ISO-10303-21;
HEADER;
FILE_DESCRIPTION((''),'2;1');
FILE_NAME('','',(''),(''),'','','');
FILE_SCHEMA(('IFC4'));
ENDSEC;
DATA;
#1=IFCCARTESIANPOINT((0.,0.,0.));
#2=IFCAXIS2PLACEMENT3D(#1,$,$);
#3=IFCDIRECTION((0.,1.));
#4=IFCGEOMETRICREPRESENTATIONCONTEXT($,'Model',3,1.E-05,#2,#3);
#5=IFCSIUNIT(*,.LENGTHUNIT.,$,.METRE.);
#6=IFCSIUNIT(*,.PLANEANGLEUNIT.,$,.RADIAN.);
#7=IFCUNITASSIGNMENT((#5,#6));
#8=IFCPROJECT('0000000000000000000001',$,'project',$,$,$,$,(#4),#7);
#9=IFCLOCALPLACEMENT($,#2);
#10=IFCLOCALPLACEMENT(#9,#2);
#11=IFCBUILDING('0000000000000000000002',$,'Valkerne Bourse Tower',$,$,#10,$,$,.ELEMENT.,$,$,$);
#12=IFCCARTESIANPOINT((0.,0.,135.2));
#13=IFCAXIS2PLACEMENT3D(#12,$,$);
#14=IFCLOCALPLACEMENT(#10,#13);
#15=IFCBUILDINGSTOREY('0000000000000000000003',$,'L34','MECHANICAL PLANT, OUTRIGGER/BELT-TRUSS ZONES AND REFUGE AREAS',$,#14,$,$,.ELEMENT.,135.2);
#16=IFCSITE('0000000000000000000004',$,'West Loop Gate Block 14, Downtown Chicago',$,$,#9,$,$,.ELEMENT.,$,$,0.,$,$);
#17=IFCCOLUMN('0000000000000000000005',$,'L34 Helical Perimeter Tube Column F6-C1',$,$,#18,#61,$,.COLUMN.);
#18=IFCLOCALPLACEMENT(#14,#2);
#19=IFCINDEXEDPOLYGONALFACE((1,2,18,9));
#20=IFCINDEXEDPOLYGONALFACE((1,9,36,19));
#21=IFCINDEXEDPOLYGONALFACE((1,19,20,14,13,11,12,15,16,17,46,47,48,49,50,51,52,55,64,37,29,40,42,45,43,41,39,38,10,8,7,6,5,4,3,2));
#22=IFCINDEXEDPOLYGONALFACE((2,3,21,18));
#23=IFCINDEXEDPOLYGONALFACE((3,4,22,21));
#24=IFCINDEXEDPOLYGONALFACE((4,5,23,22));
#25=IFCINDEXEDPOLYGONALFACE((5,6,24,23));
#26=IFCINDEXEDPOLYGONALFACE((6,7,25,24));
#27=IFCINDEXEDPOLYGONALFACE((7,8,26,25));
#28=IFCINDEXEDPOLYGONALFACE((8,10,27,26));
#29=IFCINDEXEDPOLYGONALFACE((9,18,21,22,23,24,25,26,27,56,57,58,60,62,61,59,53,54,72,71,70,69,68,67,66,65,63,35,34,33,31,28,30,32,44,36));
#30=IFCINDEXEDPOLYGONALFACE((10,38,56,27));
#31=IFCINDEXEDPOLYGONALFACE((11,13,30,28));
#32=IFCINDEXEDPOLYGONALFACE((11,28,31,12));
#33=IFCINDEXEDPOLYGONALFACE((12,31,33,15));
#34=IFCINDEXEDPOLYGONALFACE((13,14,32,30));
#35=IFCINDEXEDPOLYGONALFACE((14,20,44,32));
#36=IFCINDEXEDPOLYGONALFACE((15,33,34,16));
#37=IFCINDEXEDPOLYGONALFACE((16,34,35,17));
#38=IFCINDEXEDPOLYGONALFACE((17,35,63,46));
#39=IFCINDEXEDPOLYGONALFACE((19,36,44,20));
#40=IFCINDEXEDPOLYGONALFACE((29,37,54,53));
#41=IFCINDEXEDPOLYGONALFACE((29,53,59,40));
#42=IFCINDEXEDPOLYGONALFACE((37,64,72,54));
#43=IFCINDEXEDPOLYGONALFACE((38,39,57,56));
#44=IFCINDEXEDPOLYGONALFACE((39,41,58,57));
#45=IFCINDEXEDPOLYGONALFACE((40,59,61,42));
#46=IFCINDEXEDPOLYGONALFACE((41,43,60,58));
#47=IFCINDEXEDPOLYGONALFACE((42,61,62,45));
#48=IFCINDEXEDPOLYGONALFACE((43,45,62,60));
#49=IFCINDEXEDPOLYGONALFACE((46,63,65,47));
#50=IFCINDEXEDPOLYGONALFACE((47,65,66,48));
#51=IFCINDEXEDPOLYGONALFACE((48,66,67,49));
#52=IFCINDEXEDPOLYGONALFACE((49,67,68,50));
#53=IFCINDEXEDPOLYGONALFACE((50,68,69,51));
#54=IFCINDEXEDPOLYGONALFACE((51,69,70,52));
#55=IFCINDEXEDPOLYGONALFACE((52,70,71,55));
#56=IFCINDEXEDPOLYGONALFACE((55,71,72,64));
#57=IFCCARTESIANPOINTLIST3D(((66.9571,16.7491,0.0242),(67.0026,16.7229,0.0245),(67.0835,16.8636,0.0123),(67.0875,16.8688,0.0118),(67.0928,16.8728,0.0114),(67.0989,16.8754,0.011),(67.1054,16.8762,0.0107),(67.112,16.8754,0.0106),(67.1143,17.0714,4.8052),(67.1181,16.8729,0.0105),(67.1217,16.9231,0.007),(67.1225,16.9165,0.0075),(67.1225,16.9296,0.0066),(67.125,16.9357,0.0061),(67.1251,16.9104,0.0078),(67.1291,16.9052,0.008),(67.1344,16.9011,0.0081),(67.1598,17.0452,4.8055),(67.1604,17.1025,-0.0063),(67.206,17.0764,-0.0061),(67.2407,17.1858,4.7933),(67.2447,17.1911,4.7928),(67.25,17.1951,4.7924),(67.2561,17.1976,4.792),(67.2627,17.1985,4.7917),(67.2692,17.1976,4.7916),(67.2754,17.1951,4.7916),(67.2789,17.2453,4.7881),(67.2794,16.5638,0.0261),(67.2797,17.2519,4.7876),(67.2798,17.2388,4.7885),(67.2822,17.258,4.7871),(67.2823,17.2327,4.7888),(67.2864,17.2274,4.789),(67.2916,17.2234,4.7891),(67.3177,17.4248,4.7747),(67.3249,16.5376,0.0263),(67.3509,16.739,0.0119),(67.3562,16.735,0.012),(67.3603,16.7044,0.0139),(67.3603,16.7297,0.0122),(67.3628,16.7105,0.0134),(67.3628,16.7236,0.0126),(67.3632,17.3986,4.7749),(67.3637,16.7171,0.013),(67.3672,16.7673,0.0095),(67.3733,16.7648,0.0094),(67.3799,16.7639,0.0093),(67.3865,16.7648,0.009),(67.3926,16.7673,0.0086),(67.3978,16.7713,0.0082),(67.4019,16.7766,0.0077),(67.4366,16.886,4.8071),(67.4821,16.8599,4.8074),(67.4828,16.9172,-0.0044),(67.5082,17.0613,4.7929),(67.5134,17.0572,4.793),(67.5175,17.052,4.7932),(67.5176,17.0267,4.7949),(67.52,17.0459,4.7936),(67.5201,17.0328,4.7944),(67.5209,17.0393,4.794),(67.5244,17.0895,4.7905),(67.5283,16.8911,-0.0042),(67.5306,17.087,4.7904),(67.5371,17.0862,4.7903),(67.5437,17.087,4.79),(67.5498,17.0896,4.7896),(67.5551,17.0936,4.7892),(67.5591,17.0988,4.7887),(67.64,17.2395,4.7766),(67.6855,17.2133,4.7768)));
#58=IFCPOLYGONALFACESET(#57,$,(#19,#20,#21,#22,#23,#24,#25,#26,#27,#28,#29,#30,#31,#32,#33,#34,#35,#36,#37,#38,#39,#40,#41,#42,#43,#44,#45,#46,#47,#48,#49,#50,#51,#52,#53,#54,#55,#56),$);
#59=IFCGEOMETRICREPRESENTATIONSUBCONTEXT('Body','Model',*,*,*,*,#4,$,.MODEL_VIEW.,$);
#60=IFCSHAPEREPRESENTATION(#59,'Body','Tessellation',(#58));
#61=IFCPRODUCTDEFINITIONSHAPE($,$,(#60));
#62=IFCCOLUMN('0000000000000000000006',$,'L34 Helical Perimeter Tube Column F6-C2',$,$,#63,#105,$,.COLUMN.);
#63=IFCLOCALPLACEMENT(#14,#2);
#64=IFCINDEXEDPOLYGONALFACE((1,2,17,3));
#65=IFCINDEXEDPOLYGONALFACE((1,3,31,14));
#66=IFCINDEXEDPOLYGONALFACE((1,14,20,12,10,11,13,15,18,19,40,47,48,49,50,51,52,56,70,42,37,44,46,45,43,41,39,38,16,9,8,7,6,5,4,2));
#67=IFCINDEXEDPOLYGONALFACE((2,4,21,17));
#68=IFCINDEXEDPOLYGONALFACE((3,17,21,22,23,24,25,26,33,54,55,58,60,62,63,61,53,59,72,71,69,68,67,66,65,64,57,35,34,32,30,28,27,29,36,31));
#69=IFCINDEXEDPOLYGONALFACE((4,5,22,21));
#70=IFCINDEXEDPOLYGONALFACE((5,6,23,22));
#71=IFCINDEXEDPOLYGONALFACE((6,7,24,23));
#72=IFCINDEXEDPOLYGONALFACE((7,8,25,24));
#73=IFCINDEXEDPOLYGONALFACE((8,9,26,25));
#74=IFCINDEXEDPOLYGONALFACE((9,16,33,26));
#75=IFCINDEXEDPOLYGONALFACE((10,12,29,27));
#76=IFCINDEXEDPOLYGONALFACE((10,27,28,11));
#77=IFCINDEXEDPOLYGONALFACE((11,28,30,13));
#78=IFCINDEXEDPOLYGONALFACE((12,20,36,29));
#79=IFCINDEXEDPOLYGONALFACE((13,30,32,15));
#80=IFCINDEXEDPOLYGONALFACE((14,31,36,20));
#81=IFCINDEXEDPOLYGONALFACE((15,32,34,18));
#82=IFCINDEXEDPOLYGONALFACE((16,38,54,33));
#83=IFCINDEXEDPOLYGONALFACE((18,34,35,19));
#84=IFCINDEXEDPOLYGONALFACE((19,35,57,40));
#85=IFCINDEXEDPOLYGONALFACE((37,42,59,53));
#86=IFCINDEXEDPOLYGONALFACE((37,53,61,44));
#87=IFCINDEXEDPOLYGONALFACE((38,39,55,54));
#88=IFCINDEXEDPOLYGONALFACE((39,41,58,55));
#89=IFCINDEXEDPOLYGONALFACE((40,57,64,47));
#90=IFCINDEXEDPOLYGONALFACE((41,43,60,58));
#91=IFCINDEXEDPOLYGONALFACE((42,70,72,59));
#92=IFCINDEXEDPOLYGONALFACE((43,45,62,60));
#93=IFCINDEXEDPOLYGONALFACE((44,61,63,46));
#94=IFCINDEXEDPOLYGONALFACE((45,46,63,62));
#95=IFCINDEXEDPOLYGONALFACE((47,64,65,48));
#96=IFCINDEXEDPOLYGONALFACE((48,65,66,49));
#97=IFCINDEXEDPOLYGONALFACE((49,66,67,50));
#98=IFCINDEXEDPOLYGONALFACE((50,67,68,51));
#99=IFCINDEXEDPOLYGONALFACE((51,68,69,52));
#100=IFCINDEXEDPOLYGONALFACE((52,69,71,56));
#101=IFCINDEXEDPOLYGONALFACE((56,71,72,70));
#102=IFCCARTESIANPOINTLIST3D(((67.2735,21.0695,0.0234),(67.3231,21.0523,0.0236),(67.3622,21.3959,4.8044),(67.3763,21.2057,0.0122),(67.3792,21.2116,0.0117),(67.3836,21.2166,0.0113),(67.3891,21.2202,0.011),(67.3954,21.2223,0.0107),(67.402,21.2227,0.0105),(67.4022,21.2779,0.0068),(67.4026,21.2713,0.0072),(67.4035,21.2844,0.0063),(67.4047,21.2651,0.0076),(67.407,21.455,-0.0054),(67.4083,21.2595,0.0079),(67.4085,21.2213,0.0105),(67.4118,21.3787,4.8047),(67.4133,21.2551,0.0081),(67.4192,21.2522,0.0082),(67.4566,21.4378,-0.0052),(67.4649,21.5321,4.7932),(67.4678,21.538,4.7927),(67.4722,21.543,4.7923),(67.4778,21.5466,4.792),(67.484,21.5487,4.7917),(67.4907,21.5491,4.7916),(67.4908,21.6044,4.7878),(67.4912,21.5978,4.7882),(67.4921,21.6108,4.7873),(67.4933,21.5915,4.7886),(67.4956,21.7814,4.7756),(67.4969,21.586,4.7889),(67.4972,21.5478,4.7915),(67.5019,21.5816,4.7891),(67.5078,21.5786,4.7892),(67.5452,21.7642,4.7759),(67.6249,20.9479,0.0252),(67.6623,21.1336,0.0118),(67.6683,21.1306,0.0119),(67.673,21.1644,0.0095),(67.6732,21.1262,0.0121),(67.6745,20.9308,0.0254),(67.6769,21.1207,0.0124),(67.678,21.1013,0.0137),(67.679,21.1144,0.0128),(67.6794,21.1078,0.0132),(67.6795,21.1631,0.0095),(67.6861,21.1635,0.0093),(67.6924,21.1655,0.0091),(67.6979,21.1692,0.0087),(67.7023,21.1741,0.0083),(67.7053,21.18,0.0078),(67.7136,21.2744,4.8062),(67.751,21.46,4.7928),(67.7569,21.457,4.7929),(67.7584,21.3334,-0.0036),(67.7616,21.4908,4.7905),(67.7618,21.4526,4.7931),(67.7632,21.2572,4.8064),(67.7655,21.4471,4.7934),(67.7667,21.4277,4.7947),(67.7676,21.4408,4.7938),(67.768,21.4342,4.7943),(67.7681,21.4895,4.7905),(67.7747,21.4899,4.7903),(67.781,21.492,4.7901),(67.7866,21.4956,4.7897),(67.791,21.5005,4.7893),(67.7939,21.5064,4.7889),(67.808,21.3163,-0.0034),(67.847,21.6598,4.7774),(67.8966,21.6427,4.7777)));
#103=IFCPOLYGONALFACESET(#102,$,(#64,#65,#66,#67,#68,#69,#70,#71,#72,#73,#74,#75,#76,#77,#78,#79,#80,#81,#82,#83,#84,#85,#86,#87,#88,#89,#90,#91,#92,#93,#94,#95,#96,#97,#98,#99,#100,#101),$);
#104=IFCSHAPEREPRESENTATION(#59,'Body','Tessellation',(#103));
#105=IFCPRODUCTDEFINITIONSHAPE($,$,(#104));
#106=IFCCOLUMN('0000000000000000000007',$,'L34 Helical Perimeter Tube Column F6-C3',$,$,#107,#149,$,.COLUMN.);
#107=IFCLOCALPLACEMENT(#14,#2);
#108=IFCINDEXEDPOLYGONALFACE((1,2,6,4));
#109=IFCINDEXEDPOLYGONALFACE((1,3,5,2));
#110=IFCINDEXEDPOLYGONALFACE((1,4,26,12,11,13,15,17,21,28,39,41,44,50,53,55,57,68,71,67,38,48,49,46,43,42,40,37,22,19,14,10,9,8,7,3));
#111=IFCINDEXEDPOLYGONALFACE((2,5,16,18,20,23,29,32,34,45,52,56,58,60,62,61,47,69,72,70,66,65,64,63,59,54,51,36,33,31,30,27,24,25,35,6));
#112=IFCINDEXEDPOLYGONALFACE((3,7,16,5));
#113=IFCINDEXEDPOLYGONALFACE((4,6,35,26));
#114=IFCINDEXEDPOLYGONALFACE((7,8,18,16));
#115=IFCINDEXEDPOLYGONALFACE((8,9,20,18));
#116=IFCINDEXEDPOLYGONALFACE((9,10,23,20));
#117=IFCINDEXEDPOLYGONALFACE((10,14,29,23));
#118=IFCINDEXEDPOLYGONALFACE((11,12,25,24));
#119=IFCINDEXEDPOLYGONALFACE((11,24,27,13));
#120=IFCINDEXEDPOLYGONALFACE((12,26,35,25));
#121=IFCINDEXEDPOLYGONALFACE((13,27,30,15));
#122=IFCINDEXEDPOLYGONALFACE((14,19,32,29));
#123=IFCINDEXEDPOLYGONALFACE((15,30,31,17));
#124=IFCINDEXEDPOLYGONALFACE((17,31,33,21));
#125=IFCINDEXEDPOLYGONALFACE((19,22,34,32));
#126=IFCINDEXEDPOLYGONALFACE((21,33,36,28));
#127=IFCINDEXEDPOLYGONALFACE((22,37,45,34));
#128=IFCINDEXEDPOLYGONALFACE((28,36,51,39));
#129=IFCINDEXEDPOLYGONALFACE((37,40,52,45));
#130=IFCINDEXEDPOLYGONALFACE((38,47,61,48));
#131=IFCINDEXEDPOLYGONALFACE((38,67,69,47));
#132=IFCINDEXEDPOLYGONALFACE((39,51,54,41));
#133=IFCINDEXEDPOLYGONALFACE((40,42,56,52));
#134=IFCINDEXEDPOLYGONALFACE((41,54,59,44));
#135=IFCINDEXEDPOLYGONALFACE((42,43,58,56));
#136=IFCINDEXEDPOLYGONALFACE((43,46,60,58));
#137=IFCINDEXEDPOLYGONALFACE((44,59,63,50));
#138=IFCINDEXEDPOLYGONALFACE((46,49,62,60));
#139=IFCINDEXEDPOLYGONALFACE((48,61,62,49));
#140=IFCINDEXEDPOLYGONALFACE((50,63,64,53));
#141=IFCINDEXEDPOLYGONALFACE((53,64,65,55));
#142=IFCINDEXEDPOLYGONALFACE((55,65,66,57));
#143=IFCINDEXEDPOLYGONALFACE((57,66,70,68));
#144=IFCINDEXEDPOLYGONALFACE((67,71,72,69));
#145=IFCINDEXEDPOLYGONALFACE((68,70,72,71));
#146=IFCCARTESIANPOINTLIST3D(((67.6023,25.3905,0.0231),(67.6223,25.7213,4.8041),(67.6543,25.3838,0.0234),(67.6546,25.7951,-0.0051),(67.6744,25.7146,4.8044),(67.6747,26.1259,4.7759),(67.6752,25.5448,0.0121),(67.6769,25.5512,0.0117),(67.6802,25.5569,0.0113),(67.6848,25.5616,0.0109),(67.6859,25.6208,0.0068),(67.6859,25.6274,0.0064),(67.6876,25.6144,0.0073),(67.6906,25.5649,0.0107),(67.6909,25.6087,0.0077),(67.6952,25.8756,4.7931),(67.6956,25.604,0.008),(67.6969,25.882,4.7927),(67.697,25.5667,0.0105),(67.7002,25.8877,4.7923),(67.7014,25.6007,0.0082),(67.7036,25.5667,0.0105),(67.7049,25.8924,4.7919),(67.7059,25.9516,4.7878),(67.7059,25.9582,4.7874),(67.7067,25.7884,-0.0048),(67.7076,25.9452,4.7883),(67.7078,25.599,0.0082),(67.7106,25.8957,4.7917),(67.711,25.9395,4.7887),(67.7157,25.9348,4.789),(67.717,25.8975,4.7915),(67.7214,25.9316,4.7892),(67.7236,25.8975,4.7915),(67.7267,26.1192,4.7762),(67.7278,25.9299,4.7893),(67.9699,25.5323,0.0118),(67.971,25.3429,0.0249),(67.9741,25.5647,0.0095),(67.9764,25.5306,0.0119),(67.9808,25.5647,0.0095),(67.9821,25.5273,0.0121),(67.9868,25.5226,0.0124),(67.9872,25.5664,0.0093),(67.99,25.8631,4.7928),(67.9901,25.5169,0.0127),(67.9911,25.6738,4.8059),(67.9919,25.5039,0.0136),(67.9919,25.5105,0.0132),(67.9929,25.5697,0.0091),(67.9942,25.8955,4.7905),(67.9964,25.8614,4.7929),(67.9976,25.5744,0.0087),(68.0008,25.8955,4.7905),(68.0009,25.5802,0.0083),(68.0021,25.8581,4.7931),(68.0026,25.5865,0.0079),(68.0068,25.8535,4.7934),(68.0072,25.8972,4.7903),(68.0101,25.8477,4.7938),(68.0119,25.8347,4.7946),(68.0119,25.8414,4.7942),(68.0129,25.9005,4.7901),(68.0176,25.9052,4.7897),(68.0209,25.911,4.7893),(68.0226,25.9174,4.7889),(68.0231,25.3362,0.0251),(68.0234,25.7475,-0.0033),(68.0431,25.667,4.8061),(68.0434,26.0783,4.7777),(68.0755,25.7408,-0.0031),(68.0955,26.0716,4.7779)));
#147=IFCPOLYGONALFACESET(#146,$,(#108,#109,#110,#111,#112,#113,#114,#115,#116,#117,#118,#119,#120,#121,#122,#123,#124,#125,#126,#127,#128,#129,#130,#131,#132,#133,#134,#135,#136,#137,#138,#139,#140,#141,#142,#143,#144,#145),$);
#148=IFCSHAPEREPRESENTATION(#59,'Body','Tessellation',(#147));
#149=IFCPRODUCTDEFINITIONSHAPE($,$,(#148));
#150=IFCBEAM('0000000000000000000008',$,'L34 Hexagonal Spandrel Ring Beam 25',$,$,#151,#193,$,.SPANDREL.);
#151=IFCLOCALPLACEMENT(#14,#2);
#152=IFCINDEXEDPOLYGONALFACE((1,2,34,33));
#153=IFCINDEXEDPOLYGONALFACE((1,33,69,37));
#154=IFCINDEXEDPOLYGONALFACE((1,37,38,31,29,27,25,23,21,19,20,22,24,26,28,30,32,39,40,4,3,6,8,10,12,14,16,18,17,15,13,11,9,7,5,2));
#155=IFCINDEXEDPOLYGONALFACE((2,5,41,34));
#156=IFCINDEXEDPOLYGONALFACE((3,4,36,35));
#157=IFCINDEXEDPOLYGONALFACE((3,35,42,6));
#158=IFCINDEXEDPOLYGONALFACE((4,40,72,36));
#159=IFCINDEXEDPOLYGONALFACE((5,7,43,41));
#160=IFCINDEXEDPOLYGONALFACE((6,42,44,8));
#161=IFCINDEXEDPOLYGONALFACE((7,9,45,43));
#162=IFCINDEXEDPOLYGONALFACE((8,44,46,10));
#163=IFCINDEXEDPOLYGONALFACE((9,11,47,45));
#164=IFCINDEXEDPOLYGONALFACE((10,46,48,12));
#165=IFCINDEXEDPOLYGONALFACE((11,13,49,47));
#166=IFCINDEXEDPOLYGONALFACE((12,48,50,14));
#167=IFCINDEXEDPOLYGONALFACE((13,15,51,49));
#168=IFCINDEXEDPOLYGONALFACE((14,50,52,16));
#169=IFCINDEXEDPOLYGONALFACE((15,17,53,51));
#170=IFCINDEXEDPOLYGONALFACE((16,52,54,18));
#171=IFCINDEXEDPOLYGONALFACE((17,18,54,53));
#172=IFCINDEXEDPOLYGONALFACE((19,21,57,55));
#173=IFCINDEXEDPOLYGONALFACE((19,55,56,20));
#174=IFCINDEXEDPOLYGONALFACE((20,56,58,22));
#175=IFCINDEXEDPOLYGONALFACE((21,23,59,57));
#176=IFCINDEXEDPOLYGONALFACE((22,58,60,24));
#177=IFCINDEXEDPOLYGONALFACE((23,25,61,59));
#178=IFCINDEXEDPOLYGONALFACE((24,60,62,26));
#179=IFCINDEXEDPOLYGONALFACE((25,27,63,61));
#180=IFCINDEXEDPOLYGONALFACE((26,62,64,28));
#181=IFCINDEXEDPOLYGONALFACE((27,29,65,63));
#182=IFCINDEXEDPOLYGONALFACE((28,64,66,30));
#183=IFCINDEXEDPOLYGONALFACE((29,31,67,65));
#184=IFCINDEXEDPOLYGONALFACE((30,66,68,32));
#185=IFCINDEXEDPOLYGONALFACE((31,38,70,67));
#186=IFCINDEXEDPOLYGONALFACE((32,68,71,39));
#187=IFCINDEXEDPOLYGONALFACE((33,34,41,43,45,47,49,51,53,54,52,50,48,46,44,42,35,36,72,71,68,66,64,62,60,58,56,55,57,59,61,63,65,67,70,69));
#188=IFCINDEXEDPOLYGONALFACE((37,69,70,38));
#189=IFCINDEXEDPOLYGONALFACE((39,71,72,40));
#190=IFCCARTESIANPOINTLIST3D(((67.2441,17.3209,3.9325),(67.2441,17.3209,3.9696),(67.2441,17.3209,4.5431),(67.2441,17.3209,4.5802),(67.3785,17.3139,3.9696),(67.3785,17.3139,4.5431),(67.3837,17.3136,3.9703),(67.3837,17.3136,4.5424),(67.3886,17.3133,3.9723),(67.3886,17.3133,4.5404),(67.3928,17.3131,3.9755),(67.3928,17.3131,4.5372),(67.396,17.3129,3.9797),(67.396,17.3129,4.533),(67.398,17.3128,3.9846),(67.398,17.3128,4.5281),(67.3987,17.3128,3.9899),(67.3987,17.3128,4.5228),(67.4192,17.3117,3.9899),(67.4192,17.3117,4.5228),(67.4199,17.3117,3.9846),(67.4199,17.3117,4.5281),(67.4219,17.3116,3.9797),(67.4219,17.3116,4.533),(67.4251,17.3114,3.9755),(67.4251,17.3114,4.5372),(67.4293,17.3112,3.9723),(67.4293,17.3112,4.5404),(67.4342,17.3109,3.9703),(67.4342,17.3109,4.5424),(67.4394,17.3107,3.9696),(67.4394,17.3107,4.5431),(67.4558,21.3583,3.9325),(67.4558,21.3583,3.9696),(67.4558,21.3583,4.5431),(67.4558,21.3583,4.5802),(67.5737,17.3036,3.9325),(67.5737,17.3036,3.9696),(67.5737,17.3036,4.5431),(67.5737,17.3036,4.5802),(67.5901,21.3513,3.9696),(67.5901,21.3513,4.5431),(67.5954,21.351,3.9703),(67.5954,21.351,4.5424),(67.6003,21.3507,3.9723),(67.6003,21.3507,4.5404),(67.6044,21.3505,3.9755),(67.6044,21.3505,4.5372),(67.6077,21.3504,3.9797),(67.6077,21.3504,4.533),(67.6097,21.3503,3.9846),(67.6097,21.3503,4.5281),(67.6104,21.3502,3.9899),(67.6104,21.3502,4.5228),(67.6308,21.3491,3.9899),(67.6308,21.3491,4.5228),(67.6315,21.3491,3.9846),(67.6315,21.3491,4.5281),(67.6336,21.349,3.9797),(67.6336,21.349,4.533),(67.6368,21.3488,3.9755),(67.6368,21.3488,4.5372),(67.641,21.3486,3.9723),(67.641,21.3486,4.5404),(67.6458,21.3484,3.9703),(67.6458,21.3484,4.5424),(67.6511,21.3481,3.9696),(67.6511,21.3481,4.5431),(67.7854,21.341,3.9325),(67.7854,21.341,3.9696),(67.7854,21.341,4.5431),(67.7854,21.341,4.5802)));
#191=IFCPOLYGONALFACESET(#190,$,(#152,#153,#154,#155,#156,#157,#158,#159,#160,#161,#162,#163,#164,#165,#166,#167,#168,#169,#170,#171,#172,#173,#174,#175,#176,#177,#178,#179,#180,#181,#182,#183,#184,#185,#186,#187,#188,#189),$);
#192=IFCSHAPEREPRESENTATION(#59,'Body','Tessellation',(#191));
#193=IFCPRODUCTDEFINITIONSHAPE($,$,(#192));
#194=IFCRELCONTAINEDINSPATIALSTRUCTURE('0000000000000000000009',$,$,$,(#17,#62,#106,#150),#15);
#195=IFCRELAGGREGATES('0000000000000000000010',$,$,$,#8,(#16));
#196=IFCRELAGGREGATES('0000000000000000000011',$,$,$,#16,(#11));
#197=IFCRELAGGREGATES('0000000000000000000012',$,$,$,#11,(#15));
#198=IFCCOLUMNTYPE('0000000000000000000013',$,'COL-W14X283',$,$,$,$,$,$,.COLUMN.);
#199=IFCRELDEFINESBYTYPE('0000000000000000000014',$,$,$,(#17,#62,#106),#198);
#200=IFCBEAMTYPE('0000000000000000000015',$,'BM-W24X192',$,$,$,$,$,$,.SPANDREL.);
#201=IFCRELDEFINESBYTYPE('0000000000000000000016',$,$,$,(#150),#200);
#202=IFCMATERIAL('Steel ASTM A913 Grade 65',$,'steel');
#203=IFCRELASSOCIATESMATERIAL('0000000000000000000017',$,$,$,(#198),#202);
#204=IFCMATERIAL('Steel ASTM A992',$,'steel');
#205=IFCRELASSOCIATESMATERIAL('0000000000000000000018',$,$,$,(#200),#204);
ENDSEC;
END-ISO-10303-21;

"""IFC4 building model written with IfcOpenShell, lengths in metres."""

from ifc_helpers import new_model, si_unit, direction, frame, origin, origin_2d, place, context, subcontext, project, spatial, i_section, extrude, material, material_profile, profile_set, type_object, element, save


model = new_model("IFC4")

# Units and contexts
model_context = context("Model", 3, precision=1e-05, world=origin(), true_north=direction((0.0, 1.0)))
body_context = subcontext(model_context, "Body", "Model", "MODEL_VIEW")
ifc_project = project(units=[si_unit("LENGTHUNIT", "METRE"), si_unit("PLANEANGLEUNIT", "RADIAN")], contexts=[model_context])

# Site, building, storey
site_placement = place(None, origin())
site = spatial("IfcSite", under=ifc_project, at=site_placement, Name="West Loop Gate Block 14, Downtown Chicago", CompositionType="ELEMENT", RefElevation=0.0)
building_placement = place(site_placement, origin())
building = spatial("IfcBuilding", under=site, at=building_placement, Name="Valkerne Bourse Tower", CompositionType="ELEMENT")
storey_placement = place(building_placement, frame((0.0, 0.0, 135.2)))
storey = spatial("IfcBuildingStorey", under=building, at=storey_placement, Name="L34", Description="MECHANICAL PLANT, OUTRIGGER/BELT-TRUSS ZONES AND REFUGE AREAS", CompositionType="ELEMENT", Elevation=135.2)

# Columns
ifc_material_1 = material(Name="Steel ASTM A913 Grade 65", Category="steel")
ifc_material_profile_1 = material_profile(ifc_material_1, i_section(OverallWidth=0.4089, OverallDepth=0.4243, WebThickness=0.0327, FlangeThickness=0.0525, FilletRadius=0.0254, at=origin_2d()), Name="W14X283")
ifc_profile_set_1 = profile_set([ifc_material_profile_1], Name="Steel ASTM A913 Grade 65")
column_type = type_object("IfcColumnType", Name="COL-W14X283", PredefinedType="COLUMN", material=ifc_profile_set_1)
column_1_placement = place(storey_placement, frame((67.2427, 16.8201, 0.01), z_axis=(0.032794, 0.067217, 0.997199), x_axis=(-0.497365, -0.864327, 0.074616)))
element("IfcColumn", 1, at=column_1_placement, inside=storey, type_object=column_type, Name="L34 Helical Perimeter Tube Column F6-C1", PredefinedType="COLUMN", context=body_context, shape_type="SweptSolid", body=[
    extrude(i_section(OverallWidth=0.4089, OverallDepth=0.4243, WebThickness=0.0327, FlangeThickness=0.0525, FilletRadius=0.0254, at=origin_2d()), origin(), (0.0, 0.0, 1.0), 4.7944),
])
column_2_placement = place(storey_placement, frame((67.5408, 21.1929, 0.01), z_axis=(0.01849, 0.068103, 0.997507), x_axis=(-0.326398, -0.942607, 0.070405)))
element("IfcColumn", 2, at=column_2_placement, inside=storey, type_object=column_type, Name="L34 Helical Perimeter Tube Column F6-C2", PredefinedType="COLUMN", context=body_context, shape_type="SweptSolid", body=[
    extrude(i_section(OverallWidth=0.4089, OverallDepth=0.4243, WebThickness=0.0327, FlangeThickness=0.0525, FilletRadius=0.0254, at=origin_2d()), origin(), (0.0, 0.0, 1.0), 4.793),
])
column_3_placement = place(storey_placement, frame((67.8389, 25.5657, 0.01), z_axis=(0.004177, 0.069027, 0.997606), x_axis=(-0.128013, -0.98937, 0.068993)))
element("IfcColumn", 3, at=column_3_placement, inside=storey, type_object=column_type, Name="L34 Helical Perimeter Tube Column F6-C3", PredefinedType="COLUMN", context=body_context, shape_type="SweptSolid", body=[
    extrude(i_section(OverallWidth=0.4089, OverallDepth=0.4243, WebThickness=0.0327, FlangeThickness=0.0525, FilletRadius=0.0254, at=origin_2d()), origin(), (0.0, 0.0, 1.0), 4.7925),
])

# Beam
ifc_material_2 = material(Name="Steel ASTM A992", Category="steel")
ifc_material_profile_2 = material_profile(ifc_material_2, i_section(OverallWidth=0.3301, OverallDepth=0.6477, WebThickness=0.0205, FlangeThickness=0.0371, FilletRadius=0.0203, at=origin_2d()), Name="W24X192")
ifc_profile_set_2 = profile_set([ifc_material_profile_2], Name="Steel ASTM A992")
beam_type_1 = type_object("IfcBeamType", Name="BM-W24X192", PredefinedType="SPANDREL", material=ifc_profile_set_2)
for number, where, z_axis, x_axis, name in (
    (4, (67.4089, 17.3123, 4.2563), (0.052356, 0.998628, 0.0), (-0.998628, 0.052356, 0.0), "L34 Hexagonal Spandrel Ring Beam 25"),
):
    element("IfcBeam", number, at=place(storey_placement, frame(where, z_axis=z_axis, x_axis=x_axis)), inside=storey, type_object=beam_type_1, Name=name, PredefinedType="SPANDREL", context=body_context, shape_type="SweptSolid", body=[
        extrude(i_section(OverallWidth=0.3301, OverallDepth=0.6477, WebThickness=0.0205, FlangeThickness=0.0371, FilletRadius=0.0203, at=origin_2d()), origin(), (0.0, 0.0, 1.0), 4.043),
    ])

save(model, "model.ifc")
